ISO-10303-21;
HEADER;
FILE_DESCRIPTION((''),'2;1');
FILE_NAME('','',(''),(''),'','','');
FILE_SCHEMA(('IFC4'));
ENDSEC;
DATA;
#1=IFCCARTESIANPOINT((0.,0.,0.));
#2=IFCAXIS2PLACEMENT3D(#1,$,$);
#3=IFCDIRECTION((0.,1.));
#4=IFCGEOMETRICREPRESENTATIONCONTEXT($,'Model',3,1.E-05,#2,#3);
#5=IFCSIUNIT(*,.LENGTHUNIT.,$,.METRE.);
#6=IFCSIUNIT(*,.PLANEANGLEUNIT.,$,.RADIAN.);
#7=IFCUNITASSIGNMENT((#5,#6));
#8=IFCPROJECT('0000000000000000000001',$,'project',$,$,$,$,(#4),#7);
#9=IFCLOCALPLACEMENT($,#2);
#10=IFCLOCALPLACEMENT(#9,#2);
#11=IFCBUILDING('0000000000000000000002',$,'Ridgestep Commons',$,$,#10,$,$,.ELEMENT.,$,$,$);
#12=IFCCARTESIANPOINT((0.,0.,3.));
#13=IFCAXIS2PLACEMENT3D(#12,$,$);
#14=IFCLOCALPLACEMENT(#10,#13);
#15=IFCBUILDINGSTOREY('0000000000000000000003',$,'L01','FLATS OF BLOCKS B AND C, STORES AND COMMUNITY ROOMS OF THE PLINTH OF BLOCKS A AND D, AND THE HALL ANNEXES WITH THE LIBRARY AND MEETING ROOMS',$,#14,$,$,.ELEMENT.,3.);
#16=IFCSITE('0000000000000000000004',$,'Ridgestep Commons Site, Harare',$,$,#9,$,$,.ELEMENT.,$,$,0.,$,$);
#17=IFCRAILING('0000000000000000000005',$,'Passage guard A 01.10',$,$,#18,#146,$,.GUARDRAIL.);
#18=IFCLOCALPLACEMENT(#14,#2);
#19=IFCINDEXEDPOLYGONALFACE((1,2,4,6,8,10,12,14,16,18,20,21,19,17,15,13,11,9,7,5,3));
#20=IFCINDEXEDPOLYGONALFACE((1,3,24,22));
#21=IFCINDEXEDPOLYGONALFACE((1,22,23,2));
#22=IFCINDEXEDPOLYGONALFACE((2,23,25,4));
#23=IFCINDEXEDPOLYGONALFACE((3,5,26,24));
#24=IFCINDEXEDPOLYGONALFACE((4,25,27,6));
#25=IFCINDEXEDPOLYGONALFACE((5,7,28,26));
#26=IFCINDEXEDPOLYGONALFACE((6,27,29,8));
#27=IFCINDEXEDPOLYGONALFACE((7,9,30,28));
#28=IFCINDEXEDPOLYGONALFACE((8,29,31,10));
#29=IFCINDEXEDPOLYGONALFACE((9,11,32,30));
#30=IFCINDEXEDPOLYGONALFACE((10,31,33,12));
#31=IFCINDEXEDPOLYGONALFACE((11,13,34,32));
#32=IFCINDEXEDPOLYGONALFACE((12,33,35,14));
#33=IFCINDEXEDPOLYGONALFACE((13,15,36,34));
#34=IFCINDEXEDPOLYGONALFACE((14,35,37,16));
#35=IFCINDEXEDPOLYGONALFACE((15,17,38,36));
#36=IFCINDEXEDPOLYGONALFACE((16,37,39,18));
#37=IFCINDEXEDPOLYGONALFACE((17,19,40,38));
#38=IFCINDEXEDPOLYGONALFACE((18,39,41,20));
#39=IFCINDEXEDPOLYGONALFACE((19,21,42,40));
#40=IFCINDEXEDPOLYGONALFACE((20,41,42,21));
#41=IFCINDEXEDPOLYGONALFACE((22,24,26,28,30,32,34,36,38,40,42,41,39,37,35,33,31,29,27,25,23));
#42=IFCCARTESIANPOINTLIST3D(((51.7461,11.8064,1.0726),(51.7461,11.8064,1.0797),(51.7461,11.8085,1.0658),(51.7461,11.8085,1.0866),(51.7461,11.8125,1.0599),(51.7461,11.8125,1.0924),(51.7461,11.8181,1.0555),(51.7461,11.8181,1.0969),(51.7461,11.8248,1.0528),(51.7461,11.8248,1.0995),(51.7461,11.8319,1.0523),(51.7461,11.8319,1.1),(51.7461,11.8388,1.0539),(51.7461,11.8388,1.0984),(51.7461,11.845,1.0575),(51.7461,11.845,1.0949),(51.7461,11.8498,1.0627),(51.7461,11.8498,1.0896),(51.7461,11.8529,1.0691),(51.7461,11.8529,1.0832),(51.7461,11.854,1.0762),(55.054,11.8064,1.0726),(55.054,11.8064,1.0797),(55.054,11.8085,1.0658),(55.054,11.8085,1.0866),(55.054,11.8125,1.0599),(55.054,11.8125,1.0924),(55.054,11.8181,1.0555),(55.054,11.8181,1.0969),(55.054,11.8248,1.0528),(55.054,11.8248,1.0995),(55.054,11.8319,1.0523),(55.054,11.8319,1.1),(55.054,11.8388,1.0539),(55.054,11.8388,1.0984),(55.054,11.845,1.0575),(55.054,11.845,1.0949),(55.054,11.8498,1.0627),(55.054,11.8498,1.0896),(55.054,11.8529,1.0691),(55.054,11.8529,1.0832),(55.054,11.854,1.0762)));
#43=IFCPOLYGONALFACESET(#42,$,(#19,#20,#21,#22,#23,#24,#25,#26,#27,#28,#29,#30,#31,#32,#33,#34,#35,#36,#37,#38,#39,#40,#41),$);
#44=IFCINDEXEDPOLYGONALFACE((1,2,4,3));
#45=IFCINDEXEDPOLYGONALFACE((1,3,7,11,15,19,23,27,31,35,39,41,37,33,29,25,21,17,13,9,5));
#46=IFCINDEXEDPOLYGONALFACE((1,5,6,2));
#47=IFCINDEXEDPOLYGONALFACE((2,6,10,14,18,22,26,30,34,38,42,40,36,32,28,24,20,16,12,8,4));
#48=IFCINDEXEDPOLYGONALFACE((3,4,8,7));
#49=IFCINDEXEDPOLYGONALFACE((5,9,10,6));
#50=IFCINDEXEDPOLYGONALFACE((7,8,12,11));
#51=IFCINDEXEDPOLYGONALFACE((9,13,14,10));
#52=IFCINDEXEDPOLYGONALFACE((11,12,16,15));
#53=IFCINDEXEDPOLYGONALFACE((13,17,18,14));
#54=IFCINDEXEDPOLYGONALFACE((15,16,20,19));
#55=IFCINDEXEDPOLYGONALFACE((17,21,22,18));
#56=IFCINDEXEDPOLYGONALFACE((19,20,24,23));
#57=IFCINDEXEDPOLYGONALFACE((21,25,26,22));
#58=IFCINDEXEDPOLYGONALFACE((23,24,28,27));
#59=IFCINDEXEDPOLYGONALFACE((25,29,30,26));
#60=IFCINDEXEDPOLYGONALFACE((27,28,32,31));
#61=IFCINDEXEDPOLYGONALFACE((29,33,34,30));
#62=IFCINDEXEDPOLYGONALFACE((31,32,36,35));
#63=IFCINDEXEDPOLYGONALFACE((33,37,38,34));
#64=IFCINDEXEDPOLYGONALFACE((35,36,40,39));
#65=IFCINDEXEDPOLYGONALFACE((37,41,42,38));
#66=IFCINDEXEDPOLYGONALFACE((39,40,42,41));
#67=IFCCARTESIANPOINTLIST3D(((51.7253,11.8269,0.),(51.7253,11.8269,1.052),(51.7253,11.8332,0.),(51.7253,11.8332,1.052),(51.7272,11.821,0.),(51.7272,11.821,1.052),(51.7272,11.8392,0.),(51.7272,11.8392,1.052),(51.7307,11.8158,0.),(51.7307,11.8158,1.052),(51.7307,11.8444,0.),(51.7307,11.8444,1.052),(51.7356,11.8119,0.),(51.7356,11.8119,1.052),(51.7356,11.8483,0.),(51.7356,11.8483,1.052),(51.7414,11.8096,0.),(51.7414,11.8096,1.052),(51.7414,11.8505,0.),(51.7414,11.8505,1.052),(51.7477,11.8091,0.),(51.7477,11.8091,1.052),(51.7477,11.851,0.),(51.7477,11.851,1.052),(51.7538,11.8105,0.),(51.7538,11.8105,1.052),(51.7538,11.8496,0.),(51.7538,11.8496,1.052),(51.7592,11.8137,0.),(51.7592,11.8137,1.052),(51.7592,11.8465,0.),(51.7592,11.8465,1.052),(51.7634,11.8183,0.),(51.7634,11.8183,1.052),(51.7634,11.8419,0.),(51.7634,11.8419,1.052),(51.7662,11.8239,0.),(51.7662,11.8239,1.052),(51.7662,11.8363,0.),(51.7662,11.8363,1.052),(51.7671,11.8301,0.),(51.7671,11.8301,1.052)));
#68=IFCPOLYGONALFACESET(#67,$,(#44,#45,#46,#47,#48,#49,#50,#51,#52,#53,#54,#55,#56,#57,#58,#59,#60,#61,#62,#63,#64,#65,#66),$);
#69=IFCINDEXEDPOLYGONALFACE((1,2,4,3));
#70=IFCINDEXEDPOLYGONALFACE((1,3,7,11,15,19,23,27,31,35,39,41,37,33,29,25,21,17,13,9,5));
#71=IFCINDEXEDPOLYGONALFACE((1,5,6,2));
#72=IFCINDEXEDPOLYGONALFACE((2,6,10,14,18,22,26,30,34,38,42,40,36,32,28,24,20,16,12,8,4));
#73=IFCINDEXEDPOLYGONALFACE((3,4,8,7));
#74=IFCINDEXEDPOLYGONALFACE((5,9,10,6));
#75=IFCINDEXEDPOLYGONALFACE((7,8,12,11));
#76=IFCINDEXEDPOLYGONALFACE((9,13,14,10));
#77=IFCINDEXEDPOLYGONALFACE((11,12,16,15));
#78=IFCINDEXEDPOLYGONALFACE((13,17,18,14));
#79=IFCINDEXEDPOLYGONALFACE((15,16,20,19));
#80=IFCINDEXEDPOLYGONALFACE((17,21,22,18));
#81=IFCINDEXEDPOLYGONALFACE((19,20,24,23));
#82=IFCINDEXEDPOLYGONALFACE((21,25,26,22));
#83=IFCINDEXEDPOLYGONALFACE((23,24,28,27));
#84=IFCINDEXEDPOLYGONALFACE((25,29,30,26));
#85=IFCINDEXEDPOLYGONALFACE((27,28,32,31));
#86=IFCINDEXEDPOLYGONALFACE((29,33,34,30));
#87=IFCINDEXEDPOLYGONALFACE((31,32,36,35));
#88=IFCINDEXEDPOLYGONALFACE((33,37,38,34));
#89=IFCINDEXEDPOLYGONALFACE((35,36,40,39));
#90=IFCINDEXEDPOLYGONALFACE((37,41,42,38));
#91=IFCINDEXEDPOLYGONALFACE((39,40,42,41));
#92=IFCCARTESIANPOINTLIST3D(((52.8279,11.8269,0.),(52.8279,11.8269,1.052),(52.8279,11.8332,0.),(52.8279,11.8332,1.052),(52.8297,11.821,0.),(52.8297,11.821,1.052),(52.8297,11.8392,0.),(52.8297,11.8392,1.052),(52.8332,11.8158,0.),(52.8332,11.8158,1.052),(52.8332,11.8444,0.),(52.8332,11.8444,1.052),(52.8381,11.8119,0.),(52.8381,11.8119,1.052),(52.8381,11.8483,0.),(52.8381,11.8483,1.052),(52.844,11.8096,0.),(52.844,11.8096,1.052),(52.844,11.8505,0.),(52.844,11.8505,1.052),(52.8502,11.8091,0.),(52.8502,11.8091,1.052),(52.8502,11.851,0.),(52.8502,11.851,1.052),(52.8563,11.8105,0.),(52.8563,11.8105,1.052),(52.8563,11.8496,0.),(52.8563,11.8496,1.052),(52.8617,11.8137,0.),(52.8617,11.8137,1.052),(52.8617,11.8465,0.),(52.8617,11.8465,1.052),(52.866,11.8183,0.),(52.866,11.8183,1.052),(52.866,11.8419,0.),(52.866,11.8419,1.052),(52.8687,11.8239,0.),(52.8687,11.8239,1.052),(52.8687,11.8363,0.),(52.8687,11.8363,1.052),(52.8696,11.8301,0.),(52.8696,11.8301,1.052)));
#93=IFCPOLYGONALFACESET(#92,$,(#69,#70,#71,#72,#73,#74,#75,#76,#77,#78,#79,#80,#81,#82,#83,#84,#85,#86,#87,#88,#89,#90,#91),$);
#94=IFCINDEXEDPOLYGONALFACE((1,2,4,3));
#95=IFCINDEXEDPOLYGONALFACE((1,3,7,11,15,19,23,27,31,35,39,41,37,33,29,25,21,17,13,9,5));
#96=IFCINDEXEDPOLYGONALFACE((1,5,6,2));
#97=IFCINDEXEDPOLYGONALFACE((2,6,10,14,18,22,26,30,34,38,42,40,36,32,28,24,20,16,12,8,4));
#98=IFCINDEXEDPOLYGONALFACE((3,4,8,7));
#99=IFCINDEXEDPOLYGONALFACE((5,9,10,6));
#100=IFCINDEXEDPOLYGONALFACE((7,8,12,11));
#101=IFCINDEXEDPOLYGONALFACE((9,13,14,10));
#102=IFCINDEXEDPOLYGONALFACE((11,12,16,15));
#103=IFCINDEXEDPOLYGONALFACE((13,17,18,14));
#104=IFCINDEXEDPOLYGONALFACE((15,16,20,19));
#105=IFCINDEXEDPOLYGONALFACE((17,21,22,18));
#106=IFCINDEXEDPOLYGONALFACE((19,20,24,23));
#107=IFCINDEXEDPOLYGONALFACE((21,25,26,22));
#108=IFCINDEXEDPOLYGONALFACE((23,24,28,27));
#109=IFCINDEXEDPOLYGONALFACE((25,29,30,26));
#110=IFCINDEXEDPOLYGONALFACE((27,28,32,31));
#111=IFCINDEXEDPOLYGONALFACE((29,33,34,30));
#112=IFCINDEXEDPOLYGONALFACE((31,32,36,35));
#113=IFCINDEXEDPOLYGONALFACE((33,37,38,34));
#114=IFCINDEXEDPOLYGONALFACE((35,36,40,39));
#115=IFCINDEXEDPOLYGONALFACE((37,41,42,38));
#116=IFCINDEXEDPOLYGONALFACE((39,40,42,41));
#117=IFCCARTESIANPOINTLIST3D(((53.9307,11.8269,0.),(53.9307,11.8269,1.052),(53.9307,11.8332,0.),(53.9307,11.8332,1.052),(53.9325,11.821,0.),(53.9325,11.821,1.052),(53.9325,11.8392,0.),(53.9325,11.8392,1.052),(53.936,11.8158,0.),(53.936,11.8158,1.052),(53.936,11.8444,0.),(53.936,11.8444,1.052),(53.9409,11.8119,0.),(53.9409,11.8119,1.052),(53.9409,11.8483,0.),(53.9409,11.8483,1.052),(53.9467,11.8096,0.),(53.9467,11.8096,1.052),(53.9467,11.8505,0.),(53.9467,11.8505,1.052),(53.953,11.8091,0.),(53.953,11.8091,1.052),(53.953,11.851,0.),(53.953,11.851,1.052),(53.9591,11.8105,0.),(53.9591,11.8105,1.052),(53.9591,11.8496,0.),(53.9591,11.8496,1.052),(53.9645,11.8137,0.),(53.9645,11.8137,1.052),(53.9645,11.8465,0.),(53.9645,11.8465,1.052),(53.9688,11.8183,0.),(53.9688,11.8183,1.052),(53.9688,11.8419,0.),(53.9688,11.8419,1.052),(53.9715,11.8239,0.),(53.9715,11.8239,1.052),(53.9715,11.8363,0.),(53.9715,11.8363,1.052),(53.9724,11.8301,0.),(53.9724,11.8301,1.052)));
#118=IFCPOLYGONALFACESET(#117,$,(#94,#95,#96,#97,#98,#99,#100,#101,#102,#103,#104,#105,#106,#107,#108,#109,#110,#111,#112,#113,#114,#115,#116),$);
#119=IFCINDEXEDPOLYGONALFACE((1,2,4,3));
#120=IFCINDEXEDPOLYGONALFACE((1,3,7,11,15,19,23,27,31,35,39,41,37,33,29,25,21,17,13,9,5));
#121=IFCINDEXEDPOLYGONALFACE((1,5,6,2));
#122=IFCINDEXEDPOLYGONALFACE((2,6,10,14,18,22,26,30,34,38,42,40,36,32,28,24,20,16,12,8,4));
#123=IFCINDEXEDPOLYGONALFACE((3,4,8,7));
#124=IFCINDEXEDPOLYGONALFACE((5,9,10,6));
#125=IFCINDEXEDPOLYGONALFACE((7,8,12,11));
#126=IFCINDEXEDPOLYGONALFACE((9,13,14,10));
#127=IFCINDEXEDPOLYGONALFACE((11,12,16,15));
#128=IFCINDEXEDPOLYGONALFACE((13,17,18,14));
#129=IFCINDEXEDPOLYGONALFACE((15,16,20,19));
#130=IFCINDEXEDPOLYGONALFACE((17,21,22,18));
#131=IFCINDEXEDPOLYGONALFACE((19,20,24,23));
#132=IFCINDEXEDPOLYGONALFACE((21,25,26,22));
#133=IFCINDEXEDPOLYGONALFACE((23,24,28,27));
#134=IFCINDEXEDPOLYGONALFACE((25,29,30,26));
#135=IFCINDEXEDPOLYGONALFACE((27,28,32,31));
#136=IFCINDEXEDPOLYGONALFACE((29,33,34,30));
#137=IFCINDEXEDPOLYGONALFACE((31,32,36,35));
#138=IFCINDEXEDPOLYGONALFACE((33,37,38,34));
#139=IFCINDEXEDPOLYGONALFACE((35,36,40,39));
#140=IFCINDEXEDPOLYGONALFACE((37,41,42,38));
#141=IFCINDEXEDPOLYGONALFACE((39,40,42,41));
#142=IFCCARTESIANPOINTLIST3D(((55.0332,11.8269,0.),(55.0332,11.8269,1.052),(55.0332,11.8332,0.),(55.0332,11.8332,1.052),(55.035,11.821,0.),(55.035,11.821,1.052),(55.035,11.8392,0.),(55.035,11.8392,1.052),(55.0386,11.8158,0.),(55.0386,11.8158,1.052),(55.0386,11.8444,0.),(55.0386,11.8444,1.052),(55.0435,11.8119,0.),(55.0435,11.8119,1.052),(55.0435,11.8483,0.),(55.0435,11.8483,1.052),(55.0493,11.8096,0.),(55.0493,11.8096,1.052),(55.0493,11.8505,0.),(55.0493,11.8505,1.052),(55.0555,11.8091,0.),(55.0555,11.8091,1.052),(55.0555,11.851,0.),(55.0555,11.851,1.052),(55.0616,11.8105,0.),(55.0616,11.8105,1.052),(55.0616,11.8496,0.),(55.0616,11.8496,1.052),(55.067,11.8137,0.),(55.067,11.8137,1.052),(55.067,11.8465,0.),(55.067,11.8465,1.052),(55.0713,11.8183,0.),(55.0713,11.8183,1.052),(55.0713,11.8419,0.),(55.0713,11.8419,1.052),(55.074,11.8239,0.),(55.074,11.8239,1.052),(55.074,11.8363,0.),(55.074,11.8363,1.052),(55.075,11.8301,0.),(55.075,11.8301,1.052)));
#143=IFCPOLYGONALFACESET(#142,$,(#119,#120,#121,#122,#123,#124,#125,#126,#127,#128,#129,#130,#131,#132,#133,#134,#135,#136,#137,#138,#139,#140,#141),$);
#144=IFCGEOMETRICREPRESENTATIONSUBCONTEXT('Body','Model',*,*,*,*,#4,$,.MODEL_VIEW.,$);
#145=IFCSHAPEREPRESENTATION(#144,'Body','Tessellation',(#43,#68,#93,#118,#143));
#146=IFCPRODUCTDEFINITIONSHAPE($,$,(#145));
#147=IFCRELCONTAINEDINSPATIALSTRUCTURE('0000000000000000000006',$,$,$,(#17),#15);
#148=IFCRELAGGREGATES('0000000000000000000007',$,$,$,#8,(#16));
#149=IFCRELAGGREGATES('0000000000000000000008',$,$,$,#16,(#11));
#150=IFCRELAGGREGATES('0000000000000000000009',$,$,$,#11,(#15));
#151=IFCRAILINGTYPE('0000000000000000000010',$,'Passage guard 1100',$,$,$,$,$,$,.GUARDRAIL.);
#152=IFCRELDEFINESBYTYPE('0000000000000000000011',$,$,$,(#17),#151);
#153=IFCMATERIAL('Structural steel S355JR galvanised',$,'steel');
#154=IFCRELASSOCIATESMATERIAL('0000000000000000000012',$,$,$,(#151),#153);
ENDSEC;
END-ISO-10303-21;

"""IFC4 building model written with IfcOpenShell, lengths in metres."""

from ifc_helpers import new_model, si_unit, direction, frame, origin, origin_2d, place, context, subcontext, project, spatial, circle, extrude, material, type_object, element, save


model = new_model("IFC4")

# Units and contexts
model_context = context("Model", 3, precision=1e-05, world=origin(), true_north=direction((0.0, 1.0)))
body_context = subcontext(model_context, "Body", "Model", "MODEL_VIEW")
ifc_project = project(units=[si_unit("LENGTHUNIT", "METRE"), si_unit("PLANEANGLEUNIT", "RADIAN")], contexts=[model_context])

# Site, building, storey
site_placement = place(None, origin())
site = spatial("IfcSite", under=ifc_project, at=site_placement, Name="Ridgestep Commons Site, Harare", CompositionType="ELEMENT", RefElevation=0.0)
building_placement = place(site_placement, origin())
building = spatial("IfcBuilding", under=site, at=building_placement, Name="Ridgestep Commons", CompositionType="ELEMENT")
storey_placement = place(building_placement, frame((0.0, 0.0, 3.0)))
storey = spatial("IfcBuildingStorey", under=building, at=storey_placement, Name="L01", Description="FLATS OF BLOCKS B AND C, STORES AND COMMUNITY ROOMS OF THE PLINTH OF BLOCKS A AND D, AND THE HALL ANNEXES WITH THE LIBRARY AND MEETING ROOMS", CompositionType="ELEMENT", Elevation=3.0)

# Railing
ifc_material_1 = material(Name="Structural steel S355JR galvanised", Category="steel")
railing_type = type_object("IfcRailingType", Name="Passage guard 1100", PredefinedType="GUARDRAIL", material=ifc_material_1)
railing_1_placement = place(storey_placement, frame((51.7461, 11.8301, 0.0)))
element("IfcRailing", 1, at=railing_1_placement, inside=storey, type_object=railing_type, Name="Passage guard A 01.10", PredefinedType="GUARDRAIL", context=body_context, shape_type="SweptSolid", body=[
    extrude(circle(Radius=0.0239, at=origin_2d()), frame((0.0, 0.0, 1.0762), z_axis=(1.0, 0.0, 0.0), x_axis=(0.0, 1.0, 0.0)), (0.0, 0.0, 1.0), 3.3079),
    extrude(circle(Radius=0.021, at=origin_2d()), origin(), (0.0, 0.0, 1.0), 1.052),
    extrude(circle(Radius=0.021, at=origin_2d()), frame((1.1025, 0.0, 0.0)), (0.0, 0.0, 1.0), 1.052),
    extrude(circle(Radius=0.021, at=origin_2d()), frame((2.2053, 0.0, 0.0)), (0.0, 0.0, 1.0), 1.052),
    extrude(circle(Radius=0.021, at=origin_2d()), frame((3.3079, 0.0, 0.0)), (0.0, 0.0, 1.0), 1.052),
])

save(model, "model.ifc")
